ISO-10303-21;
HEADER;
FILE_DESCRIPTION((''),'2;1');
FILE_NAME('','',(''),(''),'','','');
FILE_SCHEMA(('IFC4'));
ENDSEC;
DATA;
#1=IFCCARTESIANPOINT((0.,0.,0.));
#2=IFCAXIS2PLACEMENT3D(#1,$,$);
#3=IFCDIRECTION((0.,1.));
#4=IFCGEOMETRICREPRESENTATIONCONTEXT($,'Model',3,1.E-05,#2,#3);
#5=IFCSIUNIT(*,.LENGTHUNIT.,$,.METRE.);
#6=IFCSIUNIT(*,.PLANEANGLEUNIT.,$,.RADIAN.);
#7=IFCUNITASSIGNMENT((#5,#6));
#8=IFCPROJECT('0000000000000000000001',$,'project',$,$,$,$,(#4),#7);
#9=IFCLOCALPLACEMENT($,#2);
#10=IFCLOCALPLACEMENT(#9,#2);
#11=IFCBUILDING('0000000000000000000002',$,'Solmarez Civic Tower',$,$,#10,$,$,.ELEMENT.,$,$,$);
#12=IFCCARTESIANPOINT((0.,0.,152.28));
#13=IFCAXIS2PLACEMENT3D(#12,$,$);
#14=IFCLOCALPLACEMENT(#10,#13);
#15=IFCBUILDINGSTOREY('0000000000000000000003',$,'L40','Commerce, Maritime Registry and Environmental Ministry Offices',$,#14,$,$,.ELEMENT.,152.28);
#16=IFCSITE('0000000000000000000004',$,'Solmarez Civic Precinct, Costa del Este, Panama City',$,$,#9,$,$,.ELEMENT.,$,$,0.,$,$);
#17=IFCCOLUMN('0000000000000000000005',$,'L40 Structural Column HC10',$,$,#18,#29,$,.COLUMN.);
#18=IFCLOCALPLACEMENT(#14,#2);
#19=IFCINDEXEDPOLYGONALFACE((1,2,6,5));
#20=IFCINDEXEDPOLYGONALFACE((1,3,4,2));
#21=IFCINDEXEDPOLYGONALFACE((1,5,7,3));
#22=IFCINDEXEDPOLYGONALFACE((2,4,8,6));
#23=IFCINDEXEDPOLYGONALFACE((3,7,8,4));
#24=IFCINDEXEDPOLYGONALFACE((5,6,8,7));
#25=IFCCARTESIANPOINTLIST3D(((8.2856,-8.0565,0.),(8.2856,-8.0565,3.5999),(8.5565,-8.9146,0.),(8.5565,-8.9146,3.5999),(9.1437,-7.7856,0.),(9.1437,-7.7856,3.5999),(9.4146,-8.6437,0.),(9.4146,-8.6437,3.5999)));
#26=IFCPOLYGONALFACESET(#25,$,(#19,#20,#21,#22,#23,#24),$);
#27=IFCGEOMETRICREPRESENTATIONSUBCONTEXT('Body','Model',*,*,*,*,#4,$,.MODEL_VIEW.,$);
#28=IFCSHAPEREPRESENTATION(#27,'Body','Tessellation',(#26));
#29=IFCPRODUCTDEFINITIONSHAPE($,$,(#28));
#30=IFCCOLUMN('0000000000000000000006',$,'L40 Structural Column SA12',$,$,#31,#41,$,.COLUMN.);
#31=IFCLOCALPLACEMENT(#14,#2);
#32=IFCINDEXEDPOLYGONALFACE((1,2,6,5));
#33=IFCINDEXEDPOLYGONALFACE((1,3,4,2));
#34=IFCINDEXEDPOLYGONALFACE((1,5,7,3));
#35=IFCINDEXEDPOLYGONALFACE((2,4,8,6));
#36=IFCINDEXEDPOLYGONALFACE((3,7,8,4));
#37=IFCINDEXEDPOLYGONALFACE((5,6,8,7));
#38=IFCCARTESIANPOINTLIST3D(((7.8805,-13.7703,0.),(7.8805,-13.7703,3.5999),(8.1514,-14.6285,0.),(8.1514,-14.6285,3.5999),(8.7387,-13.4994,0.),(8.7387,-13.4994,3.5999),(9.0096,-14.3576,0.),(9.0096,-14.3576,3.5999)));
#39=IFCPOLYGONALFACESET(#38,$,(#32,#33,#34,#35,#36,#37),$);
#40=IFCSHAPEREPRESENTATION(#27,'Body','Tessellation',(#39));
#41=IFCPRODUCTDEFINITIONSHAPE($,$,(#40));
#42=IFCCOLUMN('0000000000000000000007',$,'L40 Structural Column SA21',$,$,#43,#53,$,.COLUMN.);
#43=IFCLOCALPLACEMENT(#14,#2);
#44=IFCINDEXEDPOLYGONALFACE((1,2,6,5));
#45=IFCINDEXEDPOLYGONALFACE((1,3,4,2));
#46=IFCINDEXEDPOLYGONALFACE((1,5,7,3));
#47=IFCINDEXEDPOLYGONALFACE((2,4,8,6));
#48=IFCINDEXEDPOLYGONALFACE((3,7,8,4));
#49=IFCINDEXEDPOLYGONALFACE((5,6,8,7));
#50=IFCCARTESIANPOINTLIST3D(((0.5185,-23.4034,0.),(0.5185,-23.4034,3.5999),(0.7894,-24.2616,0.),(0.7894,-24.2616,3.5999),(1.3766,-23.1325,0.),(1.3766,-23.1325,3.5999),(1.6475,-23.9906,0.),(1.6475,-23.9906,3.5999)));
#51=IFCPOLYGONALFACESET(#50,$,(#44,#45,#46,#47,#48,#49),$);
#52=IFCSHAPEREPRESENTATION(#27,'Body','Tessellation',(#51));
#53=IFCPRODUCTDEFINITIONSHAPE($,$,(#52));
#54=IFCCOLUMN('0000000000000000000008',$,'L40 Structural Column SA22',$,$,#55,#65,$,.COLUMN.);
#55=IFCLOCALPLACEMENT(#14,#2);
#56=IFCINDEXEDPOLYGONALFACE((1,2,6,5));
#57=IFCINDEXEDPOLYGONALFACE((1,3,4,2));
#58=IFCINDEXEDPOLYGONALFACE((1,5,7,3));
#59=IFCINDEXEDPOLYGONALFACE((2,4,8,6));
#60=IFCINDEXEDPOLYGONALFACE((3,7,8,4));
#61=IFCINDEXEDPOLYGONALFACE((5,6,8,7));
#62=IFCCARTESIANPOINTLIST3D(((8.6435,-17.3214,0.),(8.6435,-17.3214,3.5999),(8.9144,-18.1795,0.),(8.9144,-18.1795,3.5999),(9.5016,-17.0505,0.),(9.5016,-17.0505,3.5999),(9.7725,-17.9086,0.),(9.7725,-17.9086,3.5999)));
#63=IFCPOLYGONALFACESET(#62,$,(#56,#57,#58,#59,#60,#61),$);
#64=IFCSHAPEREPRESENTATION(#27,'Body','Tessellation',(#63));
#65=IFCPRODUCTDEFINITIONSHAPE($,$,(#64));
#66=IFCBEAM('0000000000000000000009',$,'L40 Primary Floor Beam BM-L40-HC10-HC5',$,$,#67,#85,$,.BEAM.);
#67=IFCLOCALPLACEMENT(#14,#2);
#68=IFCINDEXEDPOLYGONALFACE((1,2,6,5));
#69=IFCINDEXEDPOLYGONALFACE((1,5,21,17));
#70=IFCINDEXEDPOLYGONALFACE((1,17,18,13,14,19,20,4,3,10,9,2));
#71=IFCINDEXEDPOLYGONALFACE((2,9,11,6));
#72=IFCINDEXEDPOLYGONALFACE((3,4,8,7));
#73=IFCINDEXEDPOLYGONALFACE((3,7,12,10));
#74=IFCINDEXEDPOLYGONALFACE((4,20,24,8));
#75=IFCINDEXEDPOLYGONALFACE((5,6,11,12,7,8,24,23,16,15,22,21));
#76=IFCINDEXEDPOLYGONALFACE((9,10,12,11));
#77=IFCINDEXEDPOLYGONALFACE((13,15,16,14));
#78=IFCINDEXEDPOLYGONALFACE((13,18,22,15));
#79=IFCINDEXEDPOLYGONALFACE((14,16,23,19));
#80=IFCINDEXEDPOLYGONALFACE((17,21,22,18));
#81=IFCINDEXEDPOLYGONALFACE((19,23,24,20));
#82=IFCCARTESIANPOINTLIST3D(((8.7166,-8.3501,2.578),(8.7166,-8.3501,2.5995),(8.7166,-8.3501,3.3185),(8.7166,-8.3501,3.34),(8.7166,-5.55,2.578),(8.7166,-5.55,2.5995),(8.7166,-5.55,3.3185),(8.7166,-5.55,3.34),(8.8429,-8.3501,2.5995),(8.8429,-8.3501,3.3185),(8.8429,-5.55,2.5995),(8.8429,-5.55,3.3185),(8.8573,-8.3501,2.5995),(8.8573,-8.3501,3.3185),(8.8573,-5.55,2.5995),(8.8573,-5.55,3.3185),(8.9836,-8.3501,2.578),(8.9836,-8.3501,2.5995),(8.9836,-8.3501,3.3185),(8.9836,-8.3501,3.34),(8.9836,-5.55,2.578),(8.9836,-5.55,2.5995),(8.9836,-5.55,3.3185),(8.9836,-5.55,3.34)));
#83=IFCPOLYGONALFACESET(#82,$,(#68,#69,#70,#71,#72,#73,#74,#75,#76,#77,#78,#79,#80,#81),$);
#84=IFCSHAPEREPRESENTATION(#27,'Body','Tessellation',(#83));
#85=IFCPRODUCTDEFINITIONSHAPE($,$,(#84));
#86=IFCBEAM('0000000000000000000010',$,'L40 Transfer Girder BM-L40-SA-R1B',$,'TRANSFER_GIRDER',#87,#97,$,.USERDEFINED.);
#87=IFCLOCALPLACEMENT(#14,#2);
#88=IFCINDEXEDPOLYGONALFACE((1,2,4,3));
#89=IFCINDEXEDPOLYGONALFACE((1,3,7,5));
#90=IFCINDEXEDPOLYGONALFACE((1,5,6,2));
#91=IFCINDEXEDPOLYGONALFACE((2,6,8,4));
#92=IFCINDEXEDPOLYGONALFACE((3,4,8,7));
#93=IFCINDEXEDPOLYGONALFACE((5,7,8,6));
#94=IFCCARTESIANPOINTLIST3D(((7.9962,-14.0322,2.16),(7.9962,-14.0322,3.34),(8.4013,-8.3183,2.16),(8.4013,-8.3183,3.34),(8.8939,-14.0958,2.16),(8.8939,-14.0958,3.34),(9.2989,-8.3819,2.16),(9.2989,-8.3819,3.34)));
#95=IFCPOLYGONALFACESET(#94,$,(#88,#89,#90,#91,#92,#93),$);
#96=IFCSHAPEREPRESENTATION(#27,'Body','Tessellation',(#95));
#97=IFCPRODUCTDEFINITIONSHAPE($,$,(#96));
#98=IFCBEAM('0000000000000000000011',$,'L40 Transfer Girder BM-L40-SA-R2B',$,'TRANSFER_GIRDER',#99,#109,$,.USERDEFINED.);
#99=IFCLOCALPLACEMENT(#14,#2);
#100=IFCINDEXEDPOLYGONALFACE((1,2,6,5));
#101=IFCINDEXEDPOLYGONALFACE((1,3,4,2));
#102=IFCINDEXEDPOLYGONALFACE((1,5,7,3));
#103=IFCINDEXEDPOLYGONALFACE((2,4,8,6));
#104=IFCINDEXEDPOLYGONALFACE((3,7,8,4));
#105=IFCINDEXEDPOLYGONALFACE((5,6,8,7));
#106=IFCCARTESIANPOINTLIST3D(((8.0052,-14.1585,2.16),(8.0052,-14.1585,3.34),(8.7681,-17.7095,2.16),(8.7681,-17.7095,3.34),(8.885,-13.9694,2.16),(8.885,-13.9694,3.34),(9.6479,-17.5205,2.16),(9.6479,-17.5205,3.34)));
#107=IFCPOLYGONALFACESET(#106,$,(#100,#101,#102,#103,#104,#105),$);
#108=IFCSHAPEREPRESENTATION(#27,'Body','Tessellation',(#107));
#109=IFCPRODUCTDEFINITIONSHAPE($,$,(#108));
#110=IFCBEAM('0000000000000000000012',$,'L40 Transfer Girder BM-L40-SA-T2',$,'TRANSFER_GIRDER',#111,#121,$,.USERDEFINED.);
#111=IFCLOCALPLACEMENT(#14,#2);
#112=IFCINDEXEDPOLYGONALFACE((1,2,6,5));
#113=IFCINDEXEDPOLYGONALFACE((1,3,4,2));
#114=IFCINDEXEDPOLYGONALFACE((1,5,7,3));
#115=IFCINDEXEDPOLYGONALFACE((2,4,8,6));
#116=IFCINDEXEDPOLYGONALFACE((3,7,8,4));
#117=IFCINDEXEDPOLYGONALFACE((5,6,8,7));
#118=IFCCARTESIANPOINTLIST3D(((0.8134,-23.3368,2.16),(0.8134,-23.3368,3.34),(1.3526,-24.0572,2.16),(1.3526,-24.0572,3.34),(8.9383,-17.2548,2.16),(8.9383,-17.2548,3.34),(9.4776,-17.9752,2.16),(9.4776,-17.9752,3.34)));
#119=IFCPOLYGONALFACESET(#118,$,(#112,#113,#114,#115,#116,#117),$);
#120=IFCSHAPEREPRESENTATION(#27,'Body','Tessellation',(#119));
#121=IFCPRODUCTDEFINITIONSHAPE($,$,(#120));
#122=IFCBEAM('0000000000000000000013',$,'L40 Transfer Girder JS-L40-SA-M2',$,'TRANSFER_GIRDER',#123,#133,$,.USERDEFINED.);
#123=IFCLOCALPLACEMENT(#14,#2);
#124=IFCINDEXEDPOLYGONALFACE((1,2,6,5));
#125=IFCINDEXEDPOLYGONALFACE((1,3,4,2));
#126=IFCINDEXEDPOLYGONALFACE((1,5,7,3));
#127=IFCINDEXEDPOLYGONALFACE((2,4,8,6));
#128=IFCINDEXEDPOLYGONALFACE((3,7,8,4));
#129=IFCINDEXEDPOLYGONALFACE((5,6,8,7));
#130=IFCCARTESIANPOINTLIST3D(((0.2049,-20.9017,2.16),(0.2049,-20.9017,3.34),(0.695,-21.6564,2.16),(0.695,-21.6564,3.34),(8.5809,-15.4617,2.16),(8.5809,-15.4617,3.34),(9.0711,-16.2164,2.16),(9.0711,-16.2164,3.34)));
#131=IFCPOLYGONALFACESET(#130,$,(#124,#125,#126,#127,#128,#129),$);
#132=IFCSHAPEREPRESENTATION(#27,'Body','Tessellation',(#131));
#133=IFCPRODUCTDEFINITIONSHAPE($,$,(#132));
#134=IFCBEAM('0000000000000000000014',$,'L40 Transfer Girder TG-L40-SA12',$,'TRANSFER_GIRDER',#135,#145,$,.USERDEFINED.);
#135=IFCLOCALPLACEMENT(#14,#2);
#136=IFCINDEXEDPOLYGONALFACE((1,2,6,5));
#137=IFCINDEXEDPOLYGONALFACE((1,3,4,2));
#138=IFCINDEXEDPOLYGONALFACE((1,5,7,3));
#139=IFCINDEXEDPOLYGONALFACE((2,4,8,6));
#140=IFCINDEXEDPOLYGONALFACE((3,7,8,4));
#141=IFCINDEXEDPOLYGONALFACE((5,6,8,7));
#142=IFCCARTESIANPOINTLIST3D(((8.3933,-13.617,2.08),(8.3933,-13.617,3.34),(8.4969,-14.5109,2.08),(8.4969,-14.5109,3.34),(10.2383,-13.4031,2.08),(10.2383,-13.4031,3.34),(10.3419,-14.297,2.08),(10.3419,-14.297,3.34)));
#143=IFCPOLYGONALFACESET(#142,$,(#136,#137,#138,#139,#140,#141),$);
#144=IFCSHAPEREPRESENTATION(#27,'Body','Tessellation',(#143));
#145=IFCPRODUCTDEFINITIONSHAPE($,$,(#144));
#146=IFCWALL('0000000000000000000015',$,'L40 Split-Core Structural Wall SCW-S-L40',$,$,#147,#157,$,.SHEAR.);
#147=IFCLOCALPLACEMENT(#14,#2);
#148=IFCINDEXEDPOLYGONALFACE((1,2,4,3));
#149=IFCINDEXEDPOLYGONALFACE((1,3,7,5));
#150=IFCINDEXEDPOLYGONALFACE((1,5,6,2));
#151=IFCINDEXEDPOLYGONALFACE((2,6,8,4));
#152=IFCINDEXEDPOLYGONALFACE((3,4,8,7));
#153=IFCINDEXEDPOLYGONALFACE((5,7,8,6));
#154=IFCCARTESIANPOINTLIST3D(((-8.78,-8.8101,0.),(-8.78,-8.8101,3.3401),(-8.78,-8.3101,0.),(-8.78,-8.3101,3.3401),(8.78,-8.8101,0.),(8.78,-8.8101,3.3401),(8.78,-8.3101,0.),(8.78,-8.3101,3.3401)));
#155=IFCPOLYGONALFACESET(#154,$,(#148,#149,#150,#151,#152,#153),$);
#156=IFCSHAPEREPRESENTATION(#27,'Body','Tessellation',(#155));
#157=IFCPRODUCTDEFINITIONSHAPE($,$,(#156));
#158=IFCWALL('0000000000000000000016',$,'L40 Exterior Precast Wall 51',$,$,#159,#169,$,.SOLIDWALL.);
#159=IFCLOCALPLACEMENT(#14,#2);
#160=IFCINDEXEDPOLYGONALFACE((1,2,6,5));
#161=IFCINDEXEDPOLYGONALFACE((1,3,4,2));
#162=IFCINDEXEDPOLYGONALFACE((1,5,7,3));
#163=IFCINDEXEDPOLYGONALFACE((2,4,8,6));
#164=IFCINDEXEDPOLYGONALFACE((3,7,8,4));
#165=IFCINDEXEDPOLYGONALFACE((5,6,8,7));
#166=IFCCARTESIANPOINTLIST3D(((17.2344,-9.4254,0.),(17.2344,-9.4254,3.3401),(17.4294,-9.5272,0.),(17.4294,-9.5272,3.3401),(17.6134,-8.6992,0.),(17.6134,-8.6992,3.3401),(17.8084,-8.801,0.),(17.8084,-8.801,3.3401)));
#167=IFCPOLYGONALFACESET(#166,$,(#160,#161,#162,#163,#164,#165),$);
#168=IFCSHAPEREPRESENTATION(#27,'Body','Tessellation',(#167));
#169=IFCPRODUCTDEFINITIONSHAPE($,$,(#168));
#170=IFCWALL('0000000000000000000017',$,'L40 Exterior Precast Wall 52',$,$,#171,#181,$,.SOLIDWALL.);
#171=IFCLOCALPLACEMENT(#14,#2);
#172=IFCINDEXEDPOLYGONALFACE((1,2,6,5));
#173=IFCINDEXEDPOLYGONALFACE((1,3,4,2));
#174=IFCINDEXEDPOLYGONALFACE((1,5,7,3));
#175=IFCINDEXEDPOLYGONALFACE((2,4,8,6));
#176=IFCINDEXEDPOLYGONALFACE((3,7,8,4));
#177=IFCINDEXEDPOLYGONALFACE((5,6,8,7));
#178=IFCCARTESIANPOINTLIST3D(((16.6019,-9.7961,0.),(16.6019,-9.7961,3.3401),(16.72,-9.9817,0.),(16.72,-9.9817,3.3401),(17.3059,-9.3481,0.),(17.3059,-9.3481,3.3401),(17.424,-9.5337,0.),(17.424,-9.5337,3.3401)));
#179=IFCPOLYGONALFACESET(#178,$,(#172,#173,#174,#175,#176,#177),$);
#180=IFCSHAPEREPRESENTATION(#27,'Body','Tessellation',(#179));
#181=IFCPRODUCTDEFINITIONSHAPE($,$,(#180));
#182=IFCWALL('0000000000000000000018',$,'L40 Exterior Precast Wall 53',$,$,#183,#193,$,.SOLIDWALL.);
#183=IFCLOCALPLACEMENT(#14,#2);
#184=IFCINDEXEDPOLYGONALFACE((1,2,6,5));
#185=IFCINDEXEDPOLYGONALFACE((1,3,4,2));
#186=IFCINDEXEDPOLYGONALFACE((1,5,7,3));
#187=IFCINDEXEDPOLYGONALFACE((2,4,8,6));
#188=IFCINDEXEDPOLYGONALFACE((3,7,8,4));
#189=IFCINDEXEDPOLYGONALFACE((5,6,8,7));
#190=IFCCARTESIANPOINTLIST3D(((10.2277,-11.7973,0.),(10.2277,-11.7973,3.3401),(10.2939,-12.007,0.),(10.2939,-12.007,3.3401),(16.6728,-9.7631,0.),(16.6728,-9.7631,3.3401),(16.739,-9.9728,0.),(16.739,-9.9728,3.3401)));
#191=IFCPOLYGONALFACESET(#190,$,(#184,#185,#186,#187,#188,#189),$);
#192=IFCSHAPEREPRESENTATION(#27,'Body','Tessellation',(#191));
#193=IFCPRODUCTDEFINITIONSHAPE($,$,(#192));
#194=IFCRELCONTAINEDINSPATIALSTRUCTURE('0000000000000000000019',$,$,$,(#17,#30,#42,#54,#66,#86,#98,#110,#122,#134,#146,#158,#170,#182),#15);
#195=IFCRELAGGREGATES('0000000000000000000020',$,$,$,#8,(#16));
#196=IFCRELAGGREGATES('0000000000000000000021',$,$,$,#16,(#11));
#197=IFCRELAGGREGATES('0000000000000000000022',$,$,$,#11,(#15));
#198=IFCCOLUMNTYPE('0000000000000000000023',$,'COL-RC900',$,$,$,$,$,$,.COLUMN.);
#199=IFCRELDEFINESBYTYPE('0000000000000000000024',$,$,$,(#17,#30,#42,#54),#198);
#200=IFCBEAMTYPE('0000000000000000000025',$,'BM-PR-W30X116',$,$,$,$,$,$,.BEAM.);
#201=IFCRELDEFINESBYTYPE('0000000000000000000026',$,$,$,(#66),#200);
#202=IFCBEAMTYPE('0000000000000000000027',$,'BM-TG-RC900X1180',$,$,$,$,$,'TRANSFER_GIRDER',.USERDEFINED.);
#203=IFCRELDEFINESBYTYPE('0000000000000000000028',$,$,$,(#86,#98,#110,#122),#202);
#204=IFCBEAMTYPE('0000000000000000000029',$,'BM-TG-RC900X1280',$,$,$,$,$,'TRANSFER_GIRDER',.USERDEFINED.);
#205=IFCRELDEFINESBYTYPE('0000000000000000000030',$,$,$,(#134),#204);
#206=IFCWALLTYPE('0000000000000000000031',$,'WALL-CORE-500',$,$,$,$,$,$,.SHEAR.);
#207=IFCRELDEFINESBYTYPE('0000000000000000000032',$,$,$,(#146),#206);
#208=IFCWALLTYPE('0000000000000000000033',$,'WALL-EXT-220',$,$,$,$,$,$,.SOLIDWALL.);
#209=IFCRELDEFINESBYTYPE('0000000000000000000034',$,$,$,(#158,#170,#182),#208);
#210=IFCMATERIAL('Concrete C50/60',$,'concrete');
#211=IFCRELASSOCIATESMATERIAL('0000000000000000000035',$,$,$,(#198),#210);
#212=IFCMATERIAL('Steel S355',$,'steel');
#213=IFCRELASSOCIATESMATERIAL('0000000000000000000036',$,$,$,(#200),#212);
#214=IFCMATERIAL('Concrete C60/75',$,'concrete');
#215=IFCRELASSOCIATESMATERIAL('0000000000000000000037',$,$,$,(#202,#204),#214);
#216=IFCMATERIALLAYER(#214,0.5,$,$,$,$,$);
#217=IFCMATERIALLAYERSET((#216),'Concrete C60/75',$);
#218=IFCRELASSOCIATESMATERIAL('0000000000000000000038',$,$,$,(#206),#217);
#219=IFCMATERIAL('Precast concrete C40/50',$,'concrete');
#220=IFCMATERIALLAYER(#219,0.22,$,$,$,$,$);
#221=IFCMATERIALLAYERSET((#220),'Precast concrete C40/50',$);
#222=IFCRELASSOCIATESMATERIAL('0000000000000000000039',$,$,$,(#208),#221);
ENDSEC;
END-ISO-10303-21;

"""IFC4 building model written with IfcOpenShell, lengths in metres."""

from ifc_helpers import new_model, si_unit, direction, frame, frame_2d, origin, origin_2d, place, context, subcontext, project, spatial, rectangle, i_section, extrude, material, layer, layer_set, material_profile, profile_set, type_object, element, save


model = new_model("IFC4")

# Units and contexts
model_context = context("Model", 3, precision=1e-05, world=origin(), true_north=direction((0.0, 1.0)))
body_context = subcontext(model_context, "Body", "Model", "MODEL_VIEW")
ifc_project = project(units=[si_unit("LENGTHUNIT", "METRE"), si_unit("PLANEANGLEUNIT", "RADIAN")], contexts=[model_context])

# Site, building, storey
site_placement = place(None, origin())
site = spatial("IfcSite", under=ifc_project, at=site_placement, Name="Solmarez Civic Precinct, Costa del Este, Panama City", CompositionType="ELEMENT", RefElevation=0.0)
building_placement = place(site_placement, origin())
building = spatial("IfcBuilding", under=site, at=building_placement, Name="Solmarez Civic Tower", CompositionType="ELEMENT")
storey_placement = place(building_placement, frame((0.0, 0.0, 152.28)))
storey = spatial("IfcBuildingStorey", under=building, at=storey_placement, Name="L40", Description="Commerce, Maritime Registry and Environmental Ministry Offices", CompositionType="ELEMENT", Elevation=152.28)

# Columns
ifc_material_1 = material(Name="Concrete C50/60", Category="concrete")
ifc_material_profile_1 = material_profile(ifc_material_1, rectangle(XDim=0.8999, YDim=0.8999, at=origin_2d()), Name="RC900X900")
ifc_profile_set_1 = profile_set([ifc_material_profile_1], Name="Concrete C50/60")
column_type = type_object("IfcColumnType", Name="COL-RC900", PredefinedType="COLUMN", material=ifc_profile_set_1)
for number, where, z_axis, x_axis, name in (
    (1, (8.8501, -8.3501, 0.0), (0.0, 0.0, 1.0), (0.953612, 0.301039, 0.0), "L40 Structural Column HC10"),
    (2, (8.4451, -14.064, 0.0), (0.0, 0.0, 1.0), (0.953612, 0.301039, 0.0), "L40 Structural Column SA12"),
    (3, (1.083, -23.697, 0.0), (0.0, 0.0, 1.0), (0.953612, 0.301039, 0.0), "L40 Structural Column SA21"),
    (4, (9.208, -17.615, 0.0), (0.0, 0.0, 1.0), (0.953612, 0.301039, 0.0), "L40 Structural Column SA22"),
):
    element("IfcColumn", number, at=place(storey_placement, frame(where, z_axis=z_axis, x_axis=x_axis)), inside=storey, type_object=column_type, Name=name, PredefinedType="COLUMN", context=body_context, shape_type="SweptSolid", body=[
        extrude(rectangle(XDim=0.8999, YDim=0.8999, at=origin_2d()), origin(), (0.0, 0.0, 1.0), 3.5999),
    ])

# Beams
ifc_material_2 = material(Name="Steel S355", Category="steel")
ifc_material_profile_2 = material_profile(ifc_material_2, i_section(OverallWidth=0.2671, OverallDepth=0.762, WebThickness=0.0144, FlangeThickness=0.0215, at=origin_2d()), Name="W30X116")
ifc_profile_set_2 = profile_set([ifc_material_profile_2], Name="Steel S355")
beam_type_1 = type_object("IfcBeamType", Name="BM-PR-W30X116", PredefinedType="BEAM", material=ifc_profile_set_2)
beam_1_placement = place(storey_placement, frame((8.8501, -8.3501, 2.959), z_axis=(0.0, 1.0, 0.0), x_axis=(-1.0, 0.0, 0.0)))
element("IfcBeam", 5, at=beam_1_placement, inside=storey, type_object=beam_type_1, Name="L40 Primary Floor Beam BM-L40-HC10-HC5", PredefinedType="BEAM", context=body_context, shape_type="SweptSolid", body=[
    extrude(i_section(OverallWidth=0.2671, OverallDepth=0.762, WebThickness=0.0144, FlangeThickness=0.0215, at=origin_2d()), origin(), (0.0, 0.0, 1.0), 2.8),
])
ifc_material_3 = material(Name="Concrete C60/75", Category="concrete")
ifc_material_profile_3 = material_profile(ifc_material_3, rectangle(XDim=0.8999, YDim=1.1799, at=origin_2d()), Name="RC900X1180")
ifc_profile_set_3 = profile_set([ifc_material_profile_3], Name="Concrete C60/75")
beam_type_2 = type_object("IfcBeamType", Name="BM-TG-RC900X1180", ElementType="TRANSFER_GIRDER", PredefinedType="USERDEFINED", material=ifc_profile_set_3)
beam_2_placement = place(storey_placement, frame((8.8501, -8.3501, 2.75), z_axis=(-0.070708, -0.997497, 0.0), x_axis=(0.997497, -0.070708, 0.0)))
element("IfcBeam", 6, at=beam_2_placement, inside=storey, type_object=beam_type_2, Name="L40 Transfer Girder BM-L40-SA-R1B", ObjectType="TRANSFER_GIRDER", PredefinedType="USERDEFINED", context=body_context, shape_type="SweptSolid", body=[
    extrude(rectangle(XDim=0.8999, YDim=1.1799, at=origin_2d()), origin(), (0.0, 0.0, 1.0), 5.7283),
])
beam_3_placement = place(storey_placement, frame((8.4451, -14.064, 2.75), z_axis=(0.210057, -0.977689, 0.0), x_axis=(0.977689, 0.210057, 0.0)))
element("IfcBeam", 7, at=beam_3_placement, inside=storey, type_object=beam_type_2, Name="L40 Transfer Girder BM-L40-SA-R2B", ObjectType="TRANSFER_GIRDER", PredefinedType="USERDEFINED", context=body_context, shape_type="SweptSolid", body=[
    extrude(rectangle(XDim=0.8999, YDim=1.1799, at=origin_2d()), origin(), (0.0, 0.0, 1.0), 3.6321),
])
beam_4_placement = place(storey_placement, frame((1.083, -23.697, 2.75), z_axis=(0.800554, 0.599261, 0.0), x_axis=(-0.599261, 0.800554, 0.0)))
element("IfcBeam", 8, at=beam_4_placement, inside=storey, type_object=beam_type_2, Name="L40 Transfer Girder BM-L40-SA-T2", ObjectType="TRANSFER_GIRDER", PredefinedType="USERDEFINED", context=body_context, shape_type="SweptSolid", body=[
    extrude(rectangle(XDim=0.8999, YDim=1.1799, at=origin_2d()), origin(), (0.0, 0.0, 1.0), 10.1492),
])
beam_5_placement = place(storey_placement, frame((0.45, -21.2791, 2.75), z_axis=(0.838647, 0.544676, 0.0), x_axis=(-0.544676, 0.838647, 0.0)))
element("IfcBeam", 9, at=beam_5_placement, inside=storey, type_object=beam_type_2, Name="L40 Transfer Girder JS-L40-SA-M2", ObjectType="TRANSFER_GIRDER", PredefinedType="USERDEFINED", context=body_context, shape_type="SweptSolid", body=[
    extrude(rectangle(XDim=0.8999, YDim=1.1799, at=origin_2d()), origin(), (0.0, 0.0, 1.0), 9.9875),
])
ifc_material_profile_4 = material_profile(ifc_material_3, rectangle(XDim=0.8999, YDim=1.26, at=origin_2d()), Name="RC900X1280")
ifc_profile_set_4 = profile_set([ifc_material_profile_4], Name="Concrete C60/75")
beam_type_3 = type_object("IfcBeamType", Name="BM-TG-RC900X1280", ElementType="TRANSFER_GIRDER", PredefinedType="USERDEFINED", material=ifc_profile_set_4)
beam_6_placement = place(storey_placement, frame((8.4451, -14.064, 2.71), z_axis=(0.993348, 0.115148, 0.0), x_axis=(-0.115148, 0.993348, 0.0)))
element("IfcBeam", 10, at=beam_6_placement, inside=storey, type_object=beam_type_3, Name="L40 Transfer Girder TG-L40-SA12", ObjectType="TRANSFER_GIRDER", PredefinedType="USERDEFINED", context=body_context, shape_type="SweptSolid", body=[
    extrude(rectangle(XDim=0.8999, YDim=1.26, at=origin_2d()), origin(), (0.0, 0.0, 1.0), 1.8574),
])

# Walls
ifc_layer_1 = layer(ifc_material_3, 0.5)
ifc_layer_set_1 = layer_set([ifc_layer_1], Name="Concrete C60/75")
wall_type_1 = type_object("IfcWallType", Name="WALL-CORE-500", PredefinedType="SHEAR", material=ifc_layer_set_1)
wall_1_placement = place(storey_placement, frame((8.78, -8.5601, 0.0), z_axis=(0.0, 0.0, 1.0), x_axis=(-1.0, 0.0, 0.0)))
element("IfcWall", 11, at=wall_1_placement, inside=storey, type_object=wall_type_1, Name="L40 Split-Core Structural Wall SCW-S-L40", PredefinedType="SHEAR", context=body_context, shape_type="SweptSolid", body=[
    extrude(rectangle(XDim=17.5601, YDim=0.5, at=frame_2d((8.78, 0.0))), origin(), (0.0, 0.0, 1.0), 3.3401),
])
ifc_material_4 = material(Name="Precast concrete C40/50", Category="concrete")
ifc_layer_2 = layer(ifc_material_4, 0.22)
ifc_layer_set_2 = layer_set([ifc_layer_2], Name="Precast concrete C40/50")
wall_type_2 = type_object("IfcWallType", Name="WALL-EXT-220", PredefinedType="SOLIDWALL", material=ifc_layer_set_2)
wall_2_placement = place(storey_placement, frame((17.7109, -8.75, 0.0), z_axis=(0.0, 0.0, 1.0), x_axis=(-0.462648, -0.886542, 0.0)))
element("IfcWall", 12, at=wall_2_placement, inside=storey, type_object=wall_type_2, Name="L40 Exterior Precast Wall 51", PredefinedType="SOLIDWALL", context=body_context, shape_type="SweptSolid", body=[
    extrude(rectangle(XDim=0.8191, YDim=0.22, at=frame_2d((0.4097, 0.0))), origin(), (0.0, 0.0, 1.0), 3.3401),
])
wall_3_placement = place(storey_placement, frame((17.365, -9.4409, 0.0), z_axis=(0.0, 0.0, 1.0), x_axis=(-0.843698, -0.536819, 0.0)))
element("IfcWall", 13, at=wall_3_placement, inside=storey, type_object=wall_type_2, Name="L40 Exterior Precast Wall 52", PredefinedType="SOLIDWALL", context=body_context, shape_type="SweptSolid", body=[
    extrude(rectangle(XDim=0.8345, YDim=0.22, at=frame_2d((0.4172, 0.0))), origin(), (0.0, 0.0, 1.0), 3.3401),
])
wall_4_placement = place(storey_placement, frame((16.7061, -9.8679, 0.0), z_axis=(0.0, 0.0, 1.0), x_axis=(-0.95363, -0.300983, 0.0)))
element("IfcWall", 14, at=wall_4_placement, inside=storey, type_object=wall_type_2, Name="L40 Exterior Precast Wall 53", PredefinedType="SOLIDWALL", context=body_context, shape_type="SweptSolid", body=[
    extrude(rectangle(XDim=6.7585, YDim=0.22, at=frame_2d((3.3794, 0.0))), origin(), (0.0, 0.0, 1.0), 3.3401),
])

save(model, "model.ifc")
